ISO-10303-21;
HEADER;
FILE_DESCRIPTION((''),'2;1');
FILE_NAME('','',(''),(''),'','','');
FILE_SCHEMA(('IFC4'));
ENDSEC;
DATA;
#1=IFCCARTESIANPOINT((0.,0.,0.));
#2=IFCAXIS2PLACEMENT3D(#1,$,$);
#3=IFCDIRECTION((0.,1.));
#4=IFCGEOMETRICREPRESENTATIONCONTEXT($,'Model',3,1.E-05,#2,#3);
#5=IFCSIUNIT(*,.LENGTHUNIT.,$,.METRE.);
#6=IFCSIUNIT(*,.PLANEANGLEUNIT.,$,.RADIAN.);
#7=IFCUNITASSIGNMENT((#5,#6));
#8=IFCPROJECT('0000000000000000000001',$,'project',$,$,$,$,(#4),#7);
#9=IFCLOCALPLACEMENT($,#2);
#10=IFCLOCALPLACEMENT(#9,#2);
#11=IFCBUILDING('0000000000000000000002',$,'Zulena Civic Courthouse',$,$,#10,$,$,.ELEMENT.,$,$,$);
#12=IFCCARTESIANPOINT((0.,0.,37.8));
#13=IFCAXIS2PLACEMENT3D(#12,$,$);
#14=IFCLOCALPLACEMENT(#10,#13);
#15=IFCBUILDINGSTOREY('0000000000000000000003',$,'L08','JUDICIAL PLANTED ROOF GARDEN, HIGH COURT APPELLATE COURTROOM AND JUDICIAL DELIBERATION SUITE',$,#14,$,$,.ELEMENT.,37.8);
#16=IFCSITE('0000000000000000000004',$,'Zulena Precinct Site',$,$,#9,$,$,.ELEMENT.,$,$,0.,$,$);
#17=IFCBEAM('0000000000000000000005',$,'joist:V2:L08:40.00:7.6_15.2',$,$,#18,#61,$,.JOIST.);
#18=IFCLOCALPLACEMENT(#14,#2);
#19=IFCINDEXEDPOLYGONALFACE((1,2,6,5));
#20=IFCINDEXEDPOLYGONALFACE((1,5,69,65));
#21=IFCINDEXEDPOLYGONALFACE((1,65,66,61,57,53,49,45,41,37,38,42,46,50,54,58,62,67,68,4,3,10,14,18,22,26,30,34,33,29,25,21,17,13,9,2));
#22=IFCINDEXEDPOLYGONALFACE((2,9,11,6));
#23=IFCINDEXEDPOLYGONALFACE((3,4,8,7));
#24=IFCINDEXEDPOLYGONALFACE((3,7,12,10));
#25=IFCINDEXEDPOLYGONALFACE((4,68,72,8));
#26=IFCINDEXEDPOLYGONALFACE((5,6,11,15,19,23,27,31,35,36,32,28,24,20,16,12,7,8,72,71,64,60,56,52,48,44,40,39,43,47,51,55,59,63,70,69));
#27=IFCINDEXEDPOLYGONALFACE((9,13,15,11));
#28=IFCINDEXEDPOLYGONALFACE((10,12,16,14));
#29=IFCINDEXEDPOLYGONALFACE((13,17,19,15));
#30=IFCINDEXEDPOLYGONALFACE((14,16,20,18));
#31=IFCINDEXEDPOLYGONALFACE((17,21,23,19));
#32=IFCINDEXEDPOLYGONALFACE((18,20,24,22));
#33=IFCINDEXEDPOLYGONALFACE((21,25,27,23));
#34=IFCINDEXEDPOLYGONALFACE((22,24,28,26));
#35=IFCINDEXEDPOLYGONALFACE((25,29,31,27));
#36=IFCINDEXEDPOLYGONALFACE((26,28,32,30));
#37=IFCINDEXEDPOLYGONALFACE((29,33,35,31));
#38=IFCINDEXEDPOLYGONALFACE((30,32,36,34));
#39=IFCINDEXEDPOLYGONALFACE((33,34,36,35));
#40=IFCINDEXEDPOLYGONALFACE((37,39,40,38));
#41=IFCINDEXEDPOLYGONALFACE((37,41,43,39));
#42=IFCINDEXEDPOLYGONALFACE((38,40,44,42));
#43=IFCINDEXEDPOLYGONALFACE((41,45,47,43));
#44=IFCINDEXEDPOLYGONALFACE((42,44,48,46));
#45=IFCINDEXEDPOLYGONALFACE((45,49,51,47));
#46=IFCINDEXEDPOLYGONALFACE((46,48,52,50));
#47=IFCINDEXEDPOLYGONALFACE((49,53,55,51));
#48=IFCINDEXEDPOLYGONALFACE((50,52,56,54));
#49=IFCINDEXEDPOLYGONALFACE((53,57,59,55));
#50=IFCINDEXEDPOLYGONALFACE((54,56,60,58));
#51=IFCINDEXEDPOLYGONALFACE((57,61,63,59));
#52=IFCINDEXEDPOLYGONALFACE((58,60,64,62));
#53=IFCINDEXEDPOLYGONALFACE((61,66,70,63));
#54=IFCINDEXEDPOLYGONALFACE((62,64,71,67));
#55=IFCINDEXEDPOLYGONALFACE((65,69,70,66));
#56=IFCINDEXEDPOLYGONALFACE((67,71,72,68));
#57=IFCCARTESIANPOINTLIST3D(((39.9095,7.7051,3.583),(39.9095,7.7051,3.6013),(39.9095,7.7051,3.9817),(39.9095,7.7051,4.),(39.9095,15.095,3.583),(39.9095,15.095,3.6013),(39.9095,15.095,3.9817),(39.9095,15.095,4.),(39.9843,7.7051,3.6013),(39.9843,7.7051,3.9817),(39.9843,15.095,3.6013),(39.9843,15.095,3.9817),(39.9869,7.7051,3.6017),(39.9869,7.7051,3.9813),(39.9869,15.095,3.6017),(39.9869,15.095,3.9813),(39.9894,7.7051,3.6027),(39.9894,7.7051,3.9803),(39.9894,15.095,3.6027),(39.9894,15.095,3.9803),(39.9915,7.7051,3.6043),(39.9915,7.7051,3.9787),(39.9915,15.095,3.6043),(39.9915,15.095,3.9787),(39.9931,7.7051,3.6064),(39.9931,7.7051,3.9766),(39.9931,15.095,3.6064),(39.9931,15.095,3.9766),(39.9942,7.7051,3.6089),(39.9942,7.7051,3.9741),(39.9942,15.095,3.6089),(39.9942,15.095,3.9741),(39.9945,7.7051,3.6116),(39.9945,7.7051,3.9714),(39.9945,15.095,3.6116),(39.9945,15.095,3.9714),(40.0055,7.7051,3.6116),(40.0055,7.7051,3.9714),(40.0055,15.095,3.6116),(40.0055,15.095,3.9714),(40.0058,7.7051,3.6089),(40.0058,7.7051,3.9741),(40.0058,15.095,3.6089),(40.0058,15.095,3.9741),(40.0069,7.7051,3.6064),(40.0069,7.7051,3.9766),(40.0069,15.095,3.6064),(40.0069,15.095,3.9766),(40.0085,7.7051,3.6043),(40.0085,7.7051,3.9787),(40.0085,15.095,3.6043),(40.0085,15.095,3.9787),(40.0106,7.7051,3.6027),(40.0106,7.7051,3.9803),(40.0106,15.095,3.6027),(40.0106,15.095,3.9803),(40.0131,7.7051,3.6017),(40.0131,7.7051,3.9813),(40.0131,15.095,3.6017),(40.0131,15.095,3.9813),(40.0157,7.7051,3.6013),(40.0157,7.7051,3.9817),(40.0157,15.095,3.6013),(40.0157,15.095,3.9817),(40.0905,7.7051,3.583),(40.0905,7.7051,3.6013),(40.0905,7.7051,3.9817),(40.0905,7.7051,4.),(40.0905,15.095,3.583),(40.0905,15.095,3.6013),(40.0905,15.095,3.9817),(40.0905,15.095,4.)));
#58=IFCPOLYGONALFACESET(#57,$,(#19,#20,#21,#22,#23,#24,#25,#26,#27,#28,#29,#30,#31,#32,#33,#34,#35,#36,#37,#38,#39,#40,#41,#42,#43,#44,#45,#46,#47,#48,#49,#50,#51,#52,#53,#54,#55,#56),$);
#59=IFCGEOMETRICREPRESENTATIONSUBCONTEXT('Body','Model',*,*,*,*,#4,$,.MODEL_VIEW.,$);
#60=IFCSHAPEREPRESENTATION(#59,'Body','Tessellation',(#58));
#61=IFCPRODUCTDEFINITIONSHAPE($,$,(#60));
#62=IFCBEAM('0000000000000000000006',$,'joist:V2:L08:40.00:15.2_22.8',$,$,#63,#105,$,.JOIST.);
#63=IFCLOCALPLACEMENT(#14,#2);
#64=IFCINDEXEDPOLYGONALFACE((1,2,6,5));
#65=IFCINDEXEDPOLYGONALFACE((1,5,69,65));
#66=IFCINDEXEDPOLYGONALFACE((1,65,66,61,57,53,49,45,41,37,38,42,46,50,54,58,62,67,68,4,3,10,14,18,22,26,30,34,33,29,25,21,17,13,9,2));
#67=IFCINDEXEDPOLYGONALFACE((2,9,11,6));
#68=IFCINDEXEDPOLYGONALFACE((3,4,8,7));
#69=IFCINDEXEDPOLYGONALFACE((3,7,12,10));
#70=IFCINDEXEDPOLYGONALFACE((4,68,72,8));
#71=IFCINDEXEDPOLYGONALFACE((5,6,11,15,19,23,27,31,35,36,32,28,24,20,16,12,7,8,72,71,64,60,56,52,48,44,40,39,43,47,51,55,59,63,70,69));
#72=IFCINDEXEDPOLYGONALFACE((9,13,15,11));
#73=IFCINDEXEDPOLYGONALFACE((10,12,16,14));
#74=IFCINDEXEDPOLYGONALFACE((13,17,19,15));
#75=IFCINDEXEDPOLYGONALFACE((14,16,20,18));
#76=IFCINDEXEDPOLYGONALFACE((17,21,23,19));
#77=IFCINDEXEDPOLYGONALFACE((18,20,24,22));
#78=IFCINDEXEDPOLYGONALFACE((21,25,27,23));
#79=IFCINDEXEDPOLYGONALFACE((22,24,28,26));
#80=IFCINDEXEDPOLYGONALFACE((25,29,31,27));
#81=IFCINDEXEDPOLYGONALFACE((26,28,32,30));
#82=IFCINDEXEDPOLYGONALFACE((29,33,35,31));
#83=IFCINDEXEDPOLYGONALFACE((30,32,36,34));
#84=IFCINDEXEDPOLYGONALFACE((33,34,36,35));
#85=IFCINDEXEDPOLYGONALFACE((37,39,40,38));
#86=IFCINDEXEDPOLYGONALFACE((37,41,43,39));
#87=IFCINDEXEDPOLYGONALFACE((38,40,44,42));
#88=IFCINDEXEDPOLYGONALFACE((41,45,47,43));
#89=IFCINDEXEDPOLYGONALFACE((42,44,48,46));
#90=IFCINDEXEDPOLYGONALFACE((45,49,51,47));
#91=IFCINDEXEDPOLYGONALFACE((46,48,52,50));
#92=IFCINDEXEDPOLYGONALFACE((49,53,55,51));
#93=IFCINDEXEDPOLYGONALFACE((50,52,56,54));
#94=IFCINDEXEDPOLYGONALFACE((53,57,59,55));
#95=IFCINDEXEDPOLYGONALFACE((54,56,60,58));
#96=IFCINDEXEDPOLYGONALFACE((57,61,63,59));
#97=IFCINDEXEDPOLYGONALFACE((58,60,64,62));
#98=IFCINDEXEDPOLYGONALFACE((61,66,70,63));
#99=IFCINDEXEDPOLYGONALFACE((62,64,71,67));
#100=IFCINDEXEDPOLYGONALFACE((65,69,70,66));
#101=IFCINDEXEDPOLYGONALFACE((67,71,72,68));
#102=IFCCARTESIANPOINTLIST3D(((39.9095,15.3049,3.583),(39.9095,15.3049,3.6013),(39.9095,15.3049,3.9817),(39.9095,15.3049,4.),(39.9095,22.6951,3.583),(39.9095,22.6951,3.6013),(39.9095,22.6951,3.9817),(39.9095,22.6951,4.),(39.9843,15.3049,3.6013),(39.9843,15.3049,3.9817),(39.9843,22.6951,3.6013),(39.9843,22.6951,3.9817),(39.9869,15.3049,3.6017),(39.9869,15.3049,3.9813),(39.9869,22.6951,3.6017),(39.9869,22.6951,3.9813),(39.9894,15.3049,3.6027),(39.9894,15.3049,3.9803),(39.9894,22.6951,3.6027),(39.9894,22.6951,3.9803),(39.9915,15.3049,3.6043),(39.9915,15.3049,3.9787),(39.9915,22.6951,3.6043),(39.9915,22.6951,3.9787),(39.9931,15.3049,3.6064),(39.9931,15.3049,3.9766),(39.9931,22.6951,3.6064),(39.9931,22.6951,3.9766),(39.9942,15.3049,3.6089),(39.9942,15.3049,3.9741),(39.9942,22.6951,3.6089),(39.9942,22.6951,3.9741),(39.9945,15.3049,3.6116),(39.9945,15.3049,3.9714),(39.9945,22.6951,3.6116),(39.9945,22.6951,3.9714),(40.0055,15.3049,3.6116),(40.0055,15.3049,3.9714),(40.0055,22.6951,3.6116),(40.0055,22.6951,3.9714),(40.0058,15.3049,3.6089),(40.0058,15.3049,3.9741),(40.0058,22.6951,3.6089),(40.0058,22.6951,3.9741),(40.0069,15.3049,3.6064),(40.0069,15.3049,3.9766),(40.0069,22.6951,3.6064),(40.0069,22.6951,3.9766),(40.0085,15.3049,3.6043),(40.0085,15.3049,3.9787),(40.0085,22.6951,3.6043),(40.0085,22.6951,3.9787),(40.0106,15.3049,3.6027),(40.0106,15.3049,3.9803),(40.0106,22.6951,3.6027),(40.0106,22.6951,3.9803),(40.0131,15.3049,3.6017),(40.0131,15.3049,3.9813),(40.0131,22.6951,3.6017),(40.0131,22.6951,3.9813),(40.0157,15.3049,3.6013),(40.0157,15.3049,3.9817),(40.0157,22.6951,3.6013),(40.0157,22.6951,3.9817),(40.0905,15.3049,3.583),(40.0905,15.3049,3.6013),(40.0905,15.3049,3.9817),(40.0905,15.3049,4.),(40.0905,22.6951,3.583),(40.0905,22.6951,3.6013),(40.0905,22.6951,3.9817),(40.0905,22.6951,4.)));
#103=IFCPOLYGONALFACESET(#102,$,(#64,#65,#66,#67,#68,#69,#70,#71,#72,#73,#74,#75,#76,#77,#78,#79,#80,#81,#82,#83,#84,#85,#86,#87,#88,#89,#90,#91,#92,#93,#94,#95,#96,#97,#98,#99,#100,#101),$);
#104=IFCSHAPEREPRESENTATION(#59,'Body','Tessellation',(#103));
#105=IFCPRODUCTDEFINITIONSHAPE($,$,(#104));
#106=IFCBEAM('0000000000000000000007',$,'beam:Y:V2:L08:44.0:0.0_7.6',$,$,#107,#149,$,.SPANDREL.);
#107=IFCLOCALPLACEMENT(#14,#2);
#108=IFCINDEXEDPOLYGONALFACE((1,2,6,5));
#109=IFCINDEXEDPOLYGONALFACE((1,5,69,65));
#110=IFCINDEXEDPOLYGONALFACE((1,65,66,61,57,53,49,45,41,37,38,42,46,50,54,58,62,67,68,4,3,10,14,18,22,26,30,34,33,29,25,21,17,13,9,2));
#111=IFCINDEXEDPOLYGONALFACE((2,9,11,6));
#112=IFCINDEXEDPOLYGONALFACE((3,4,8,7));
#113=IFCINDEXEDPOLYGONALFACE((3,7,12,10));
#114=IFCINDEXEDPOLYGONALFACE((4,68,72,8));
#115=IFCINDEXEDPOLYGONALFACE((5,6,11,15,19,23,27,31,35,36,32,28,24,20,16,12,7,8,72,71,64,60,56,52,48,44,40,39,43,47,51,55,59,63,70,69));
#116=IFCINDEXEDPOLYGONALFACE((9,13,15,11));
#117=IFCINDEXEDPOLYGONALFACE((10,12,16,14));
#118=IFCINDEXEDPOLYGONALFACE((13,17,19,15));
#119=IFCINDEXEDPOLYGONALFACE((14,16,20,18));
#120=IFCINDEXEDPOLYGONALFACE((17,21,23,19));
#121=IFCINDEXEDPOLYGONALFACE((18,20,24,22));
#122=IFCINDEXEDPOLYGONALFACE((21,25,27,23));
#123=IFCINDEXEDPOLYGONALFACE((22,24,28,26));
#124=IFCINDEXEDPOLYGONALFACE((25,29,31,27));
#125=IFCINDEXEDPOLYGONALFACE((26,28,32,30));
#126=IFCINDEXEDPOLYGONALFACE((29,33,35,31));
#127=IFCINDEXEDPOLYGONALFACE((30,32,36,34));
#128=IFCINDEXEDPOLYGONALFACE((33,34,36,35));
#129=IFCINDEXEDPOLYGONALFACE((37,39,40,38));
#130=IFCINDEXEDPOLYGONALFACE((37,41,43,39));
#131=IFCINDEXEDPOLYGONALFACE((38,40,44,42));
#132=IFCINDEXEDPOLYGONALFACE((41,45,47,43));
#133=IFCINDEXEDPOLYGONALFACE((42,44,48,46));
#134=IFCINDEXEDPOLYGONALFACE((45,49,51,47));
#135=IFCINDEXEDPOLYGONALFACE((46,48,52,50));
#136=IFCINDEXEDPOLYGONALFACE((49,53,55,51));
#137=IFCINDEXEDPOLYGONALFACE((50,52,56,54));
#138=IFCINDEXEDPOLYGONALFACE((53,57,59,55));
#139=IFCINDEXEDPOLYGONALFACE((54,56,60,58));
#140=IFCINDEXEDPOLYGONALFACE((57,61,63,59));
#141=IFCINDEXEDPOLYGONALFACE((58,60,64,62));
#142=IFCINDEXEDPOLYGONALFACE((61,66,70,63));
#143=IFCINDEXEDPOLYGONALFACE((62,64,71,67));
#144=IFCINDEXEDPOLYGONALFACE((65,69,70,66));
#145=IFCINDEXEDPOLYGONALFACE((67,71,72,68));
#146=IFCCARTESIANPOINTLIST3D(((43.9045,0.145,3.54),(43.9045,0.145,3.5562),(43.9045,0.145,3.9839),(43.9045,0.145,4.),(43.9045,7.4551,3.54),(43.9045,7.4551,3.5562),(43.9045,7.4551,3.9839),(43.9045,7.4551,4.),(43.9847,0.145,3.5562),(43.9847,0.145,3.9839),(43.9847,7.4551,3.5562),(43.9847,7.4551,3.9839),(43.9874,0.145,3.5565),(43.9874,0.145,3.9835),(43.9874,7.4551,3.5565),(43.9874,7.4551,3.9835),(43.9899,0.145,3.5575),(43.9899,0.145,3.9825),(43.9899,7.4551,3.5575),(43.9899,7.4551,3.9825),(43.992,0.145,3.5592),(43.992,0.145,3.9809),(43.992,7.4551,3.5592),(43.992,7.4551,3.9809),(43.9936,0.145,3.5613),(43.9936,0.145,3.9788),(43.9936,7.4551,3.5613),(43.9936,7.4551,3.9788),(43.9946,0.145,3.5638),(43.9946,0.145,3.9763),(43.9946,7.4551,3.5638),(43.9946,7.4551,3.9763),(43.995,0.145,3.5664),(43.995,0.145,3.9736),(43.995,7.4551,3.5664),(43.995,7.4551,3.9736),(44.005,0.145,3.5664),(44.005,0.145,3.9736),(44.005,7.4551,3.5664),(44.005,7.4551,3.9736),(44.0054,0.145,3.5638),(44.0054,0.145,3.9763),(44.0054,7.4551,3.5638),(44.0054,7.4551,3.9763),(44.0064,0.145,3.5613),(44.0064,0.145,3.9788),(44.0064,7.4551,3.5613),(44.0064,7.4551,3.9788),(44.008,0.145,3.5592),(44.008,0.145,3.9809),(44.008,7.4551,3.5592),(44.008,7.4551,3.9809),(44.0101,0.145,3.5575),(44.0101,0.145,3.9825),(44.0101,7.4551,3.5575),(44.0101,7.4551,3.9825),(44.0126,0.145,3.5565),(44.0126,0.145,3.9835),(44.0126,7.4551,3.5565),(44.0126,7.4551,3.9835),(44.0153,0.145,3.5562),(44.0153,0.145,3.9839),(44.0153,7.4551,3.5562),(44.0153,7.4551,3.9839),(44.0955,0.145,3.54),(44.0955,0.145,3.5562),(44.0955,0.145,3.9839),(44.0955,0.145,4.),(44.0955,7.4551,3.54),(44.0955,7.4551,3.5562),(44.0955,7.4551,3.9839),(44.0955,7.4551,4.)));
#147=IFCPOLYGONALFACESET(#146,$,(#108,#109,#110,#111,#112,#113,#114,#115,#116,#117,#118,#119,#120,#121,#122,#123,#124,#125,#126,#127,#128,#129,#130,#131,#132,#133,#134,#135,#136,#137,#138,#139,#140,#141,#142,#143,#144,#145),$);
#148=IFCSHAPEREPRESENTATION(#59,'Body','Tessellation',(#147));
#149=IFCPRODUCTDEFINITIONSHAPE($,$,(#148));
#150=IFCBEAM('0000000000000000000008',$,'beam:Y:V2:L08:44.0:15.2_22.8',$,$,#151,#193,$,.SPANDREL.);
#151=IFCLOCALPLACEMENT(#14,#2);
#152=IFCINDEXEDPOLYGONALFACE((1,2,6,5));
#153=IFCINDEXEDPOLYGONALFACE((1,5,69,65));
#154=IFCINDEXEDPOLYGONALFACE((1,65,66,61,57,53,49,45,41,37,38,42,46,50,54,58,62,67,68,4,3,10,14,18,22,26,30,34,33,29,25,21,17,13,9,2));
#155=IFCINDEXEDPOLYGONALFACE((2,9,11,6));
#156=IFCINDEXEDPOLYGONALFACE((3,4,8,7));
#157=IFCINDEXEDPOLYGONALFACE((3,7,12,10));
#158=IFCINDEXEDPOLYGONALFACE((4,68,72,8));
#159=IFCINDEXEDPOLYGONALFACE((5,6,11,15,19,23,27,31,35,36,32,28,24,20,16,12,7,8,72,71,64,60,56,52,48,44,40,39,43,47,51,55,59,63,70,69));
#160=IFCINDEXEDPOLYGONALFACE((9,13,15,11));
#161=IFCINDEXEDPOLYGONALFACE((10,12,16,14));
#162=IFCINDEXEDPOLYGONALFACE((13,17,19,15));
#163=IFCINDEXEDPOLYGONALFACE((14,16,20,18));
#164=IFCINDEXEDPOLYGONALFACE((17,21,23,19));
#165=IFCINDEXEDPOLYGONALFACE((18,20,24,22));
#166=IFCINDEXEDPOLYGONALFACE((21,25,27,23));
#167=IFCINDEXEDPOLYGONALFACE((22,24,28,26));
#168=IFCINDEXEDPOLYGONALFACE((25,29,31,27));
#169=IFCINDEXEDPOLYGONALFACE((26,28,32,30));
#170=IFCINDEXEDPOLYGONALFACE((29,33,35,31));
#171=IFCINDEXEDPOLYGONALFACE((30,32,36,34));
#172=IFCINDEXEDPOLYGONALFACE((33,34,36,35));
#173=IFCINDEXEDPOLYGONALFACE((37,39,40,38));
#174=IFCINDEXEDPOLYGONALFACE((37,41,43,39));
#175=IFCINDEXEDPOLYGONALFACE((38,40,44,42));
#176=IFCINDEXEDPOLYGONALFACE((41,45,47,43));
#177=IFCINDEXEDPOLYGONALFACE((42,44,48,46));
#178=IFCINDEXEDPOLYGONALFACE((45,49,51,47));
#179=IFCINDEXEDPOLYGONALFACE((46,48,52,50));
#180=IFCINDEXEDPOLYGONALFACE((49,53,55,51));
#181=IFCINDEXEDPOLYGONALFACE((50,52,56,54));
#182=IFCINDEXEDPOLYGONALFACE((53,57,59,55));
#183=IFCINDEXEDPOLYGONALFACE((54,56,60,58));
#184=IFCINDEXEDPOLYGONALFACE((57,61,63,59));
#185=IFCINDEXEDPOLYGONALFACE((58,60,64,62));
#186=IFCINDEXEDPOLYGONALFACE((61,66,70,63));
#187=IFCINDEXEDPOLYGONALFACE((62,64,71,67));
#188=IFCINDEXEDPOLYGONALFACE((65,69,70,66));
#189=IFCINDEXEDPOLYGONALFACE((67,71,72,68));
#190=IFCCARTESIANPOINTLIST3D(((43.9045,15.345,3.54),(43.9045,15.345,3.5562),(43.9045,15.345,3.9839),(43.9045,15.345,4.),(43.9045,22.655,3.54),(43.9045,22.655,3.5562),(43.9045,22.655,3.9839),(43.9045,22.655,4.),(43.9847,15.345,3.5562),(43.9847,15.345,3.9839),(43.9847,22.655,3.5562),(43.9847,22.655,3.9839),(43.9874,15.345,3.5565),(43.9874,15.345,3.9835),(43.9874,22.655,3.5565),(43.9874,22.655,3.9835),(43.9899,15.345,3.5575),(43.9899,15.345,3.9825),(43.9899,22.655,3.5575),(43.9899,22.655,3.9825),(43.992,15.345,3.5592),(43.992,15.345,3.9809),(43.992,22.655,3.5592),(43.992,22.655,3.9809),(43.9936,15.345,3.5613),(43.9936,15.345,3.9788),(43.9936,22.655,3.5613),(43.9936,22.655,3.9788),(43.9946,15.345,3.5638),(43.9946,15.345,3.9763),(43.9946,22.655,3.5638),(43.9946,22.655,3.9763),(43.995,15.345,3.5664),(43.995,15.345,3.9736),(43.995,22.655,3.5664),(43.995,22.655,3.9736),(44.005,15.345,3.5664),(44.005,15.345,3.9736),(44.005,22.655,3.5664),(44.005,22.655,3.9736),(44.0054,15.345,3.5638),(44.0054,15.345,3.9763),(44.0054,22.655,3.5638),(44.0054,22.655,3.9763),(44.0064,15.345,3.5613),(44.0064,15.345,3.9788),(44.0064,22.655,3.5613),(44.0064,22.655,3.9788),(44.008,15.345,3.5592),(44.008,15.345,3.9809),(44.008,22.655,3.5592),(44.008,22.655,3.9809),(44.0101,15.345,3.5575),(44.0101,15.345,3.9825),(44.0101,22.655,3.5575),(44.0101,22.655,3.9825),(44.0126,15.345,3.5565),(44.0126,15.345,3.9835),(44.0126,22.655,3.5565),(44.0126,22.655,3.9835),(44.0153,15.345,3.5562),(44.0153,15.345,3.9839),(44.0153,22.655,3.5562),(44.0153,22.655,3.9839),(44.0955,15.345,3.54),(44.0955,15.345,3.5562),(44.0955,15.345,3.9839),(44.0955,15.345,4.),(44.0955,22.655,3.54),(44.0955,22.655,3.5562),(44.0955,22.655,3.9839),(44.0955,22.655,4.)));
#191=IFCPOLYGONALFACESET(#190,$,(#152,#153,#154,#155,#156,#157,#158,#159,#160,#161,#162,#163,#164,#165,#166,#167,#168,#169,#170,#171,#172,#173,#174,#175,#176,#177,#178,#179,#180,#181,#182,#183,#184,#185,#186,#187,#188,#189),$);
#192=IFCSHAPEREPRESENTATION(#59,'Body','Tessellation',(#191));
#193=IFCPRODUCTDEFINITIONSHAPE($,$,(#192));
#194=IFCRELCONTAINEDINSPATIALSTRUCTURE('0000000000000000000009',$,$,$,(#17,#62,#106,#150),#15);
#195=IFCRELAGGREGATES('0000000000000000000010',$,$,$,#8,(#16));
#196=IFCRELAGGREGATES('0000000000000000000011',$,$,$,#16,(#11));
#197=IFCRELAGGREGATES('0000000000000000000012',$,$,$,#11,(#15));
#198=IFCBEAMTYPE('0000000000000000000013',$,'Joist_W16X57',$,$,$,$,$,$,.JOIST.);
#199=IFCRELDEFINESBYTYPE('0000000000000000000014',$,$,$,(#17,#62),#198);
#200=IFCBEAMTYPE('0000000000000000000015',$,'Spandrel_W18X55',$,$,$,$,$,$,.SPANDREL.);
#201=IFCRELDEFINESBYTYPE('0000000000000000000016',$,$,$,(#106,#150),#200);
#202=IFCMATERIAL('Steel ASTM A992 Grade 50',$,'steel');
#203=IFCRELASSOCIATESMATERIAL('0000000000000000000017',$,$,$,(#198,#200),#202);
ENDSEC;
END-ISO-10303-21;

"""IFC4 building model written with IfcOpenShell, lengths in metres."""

from ifc_helpers import new_model, si_unit, direction, frame, origin, origin_2d, place, context, subcontext, project, spatial, i_section, extrude, material, material_profile, profile_set, type_object, element, save


model = new_model("IFC4")

# Units and contexts
model_context = context("Model", 3, precision=1e-05, world=origin(), true_north=direction((0.0, 1.0)))
body_context = subcontext(model_context, "Body", "Model", "MODEL_VIEW")
ifc_project = project(units=[si_unit("LENGTHUNIT", "METRE"), si_unit("PLANEANGLEUNIT", "RADIAN")], contexts=[model_context])

# Site, building, storey
site_placement = place(None, origin())
site = spatial("IfcSite", under=ifc_project, at=site_placement, Name="Zulena Precinct Site", CompositionType="ELEMENT", RefElevation=0.0)
building_placement = place(site_placement, origin())
building = spatial("IfcBuilding", under=site, at=building_placement, Name="Zulena Civic Courthouse", CompositionType="ELEMENT")
storey_placement = place(building_placement, frame((0.0, 0.0, 37.8)))
storey = spatial("IfcBuildingStorey", under=building, at=storey_placement, Name="L08", Description="JUDICIAL PLANTED ROOF GARDEN, HIGH COURT APPELLATE COURTROOM AND JUDICIAL DELIBERATION SUITE", CompositionType="ELEMENT", Elevation=37.8)

# Shared definitions
ifc_material_1 = material(Name="Steel ASTM A992 Grade 50", Category="steel")

# Beams
ifc_material_profile_1 = material_profile(ifc_material_1, i_section(OverallWidth=0.1809, OverallDepth=0.417, WebThickness=0.011, FlangeThickness=0.0183, FilletRadius=0.0103, at=origin_2d()), Name="W16X57")
ifc_profile_set_1 = profile_set([ifc_material_profile_1], Name="Steel ASTM A992 Grade 50")
beam_type_1 = type_object("IfcBeamType", Name="Joist_W16X57", PredefinedType="JOIST", material=ifc_profile_set_1)
beam_1_placement = place(storey_placement, frame((40.0, 7.7051, 3.7915), z_axis=(0.0, 1.0, 0.0), x_axis=(-1.0, 0.0, 0.0)))
element("IfcBeam", 1, at=beam_1_placement, inside=storey, type_object=beam_type_1, Name="joist:V2:L08:40.00:7.6_15.2", PredefinedType="JOIST", context=body_context, shape_type="SweptSolid", body=[
    extrude(i_section(OverallWidth=0.1809, OverallDepth=0.417, WebThickness=0.011, FlangeThickness=0.0183, FilletRadius=0.0103, at=origin_2d()), origin(), (0.0, 0.0, 1.0), 7.3899),
])
beam_2_placement = place(storey_placement, frame((40.0, 15.3049, 3.7915), z_axis=(0.0, 1.0, 0.0), x_axis=(-1.0, 0.0, 0.0)))
element("IfcBeam", 2, at=beam_2_placement, inside=storey, type_object=beam_type_1, Name="joist:V2:L08:40.00:15.2_22.8", PredefinedType="JOIST", context=body_context, shape_type="SweptSolid", body=[
    extrude(i_section(OverallWidth=0.1809, OverallDepth=0.417, WebThickness=0.011, FlangeThickness=0.0183, FilletRadius=0.0103, at=origin_2d()), origin(), (0.0, 0.0, 1.0), 7.3901),
])
ifc_material_profile_2 = material_profile(ifc_material_1, i_section(OverallWidth=0.1909, OverallDepth=0.46, WebThickness=0.01, FlangeThickness=0.0161, FilletRadius=0.0103, at=origin_2d()), Name="W18X55")
ifc_profile_set_2 = profile_set([ifc_material_profile_2], Name="Steel ASTM A992 Grade 50")
beam_type_2 = type_object("IfcBeamType", Name="Spandrel_W18X55", PredefinedType="SPANDREL", material=ifc_profile_set_2)
for number, where, z_axis, x_axis, name in (
    (3, (44.0, 0.145, 3.77), (0.0, 1.0, 0.0), (-1.0, 0.0, 0.0), "beam:Y:V2:L08:44.0:0.0_7.6"),
    (4, (44.0, 15.345, 3.77), (0.0, 1.0, 0.0), (-1.0, 0.0, 0.0), "beam:Y:V2:L08:44.0:15.2_22.8"),
):
    element("IfcBeam", number, at=place(storey_placement, frame(where, z_axis=z_axis, x_axis=x_axis)), inside=storey, type_object=beam_type_2, Name=name, PredefinedType="SPANDREL", context=body_context, shape_type="SweptSolid", body=[
        extrude(i_section(OverallWidth=0.1909, OverallDepth=0.46, WebThickness=0.01, FlangeThickness=0.0161, FilletRadius=0.0103, at=origin_2d()), origin(), (0.0, 0.0, 1.0), 7.3101),
    ])

save(model, "model.ifc")
